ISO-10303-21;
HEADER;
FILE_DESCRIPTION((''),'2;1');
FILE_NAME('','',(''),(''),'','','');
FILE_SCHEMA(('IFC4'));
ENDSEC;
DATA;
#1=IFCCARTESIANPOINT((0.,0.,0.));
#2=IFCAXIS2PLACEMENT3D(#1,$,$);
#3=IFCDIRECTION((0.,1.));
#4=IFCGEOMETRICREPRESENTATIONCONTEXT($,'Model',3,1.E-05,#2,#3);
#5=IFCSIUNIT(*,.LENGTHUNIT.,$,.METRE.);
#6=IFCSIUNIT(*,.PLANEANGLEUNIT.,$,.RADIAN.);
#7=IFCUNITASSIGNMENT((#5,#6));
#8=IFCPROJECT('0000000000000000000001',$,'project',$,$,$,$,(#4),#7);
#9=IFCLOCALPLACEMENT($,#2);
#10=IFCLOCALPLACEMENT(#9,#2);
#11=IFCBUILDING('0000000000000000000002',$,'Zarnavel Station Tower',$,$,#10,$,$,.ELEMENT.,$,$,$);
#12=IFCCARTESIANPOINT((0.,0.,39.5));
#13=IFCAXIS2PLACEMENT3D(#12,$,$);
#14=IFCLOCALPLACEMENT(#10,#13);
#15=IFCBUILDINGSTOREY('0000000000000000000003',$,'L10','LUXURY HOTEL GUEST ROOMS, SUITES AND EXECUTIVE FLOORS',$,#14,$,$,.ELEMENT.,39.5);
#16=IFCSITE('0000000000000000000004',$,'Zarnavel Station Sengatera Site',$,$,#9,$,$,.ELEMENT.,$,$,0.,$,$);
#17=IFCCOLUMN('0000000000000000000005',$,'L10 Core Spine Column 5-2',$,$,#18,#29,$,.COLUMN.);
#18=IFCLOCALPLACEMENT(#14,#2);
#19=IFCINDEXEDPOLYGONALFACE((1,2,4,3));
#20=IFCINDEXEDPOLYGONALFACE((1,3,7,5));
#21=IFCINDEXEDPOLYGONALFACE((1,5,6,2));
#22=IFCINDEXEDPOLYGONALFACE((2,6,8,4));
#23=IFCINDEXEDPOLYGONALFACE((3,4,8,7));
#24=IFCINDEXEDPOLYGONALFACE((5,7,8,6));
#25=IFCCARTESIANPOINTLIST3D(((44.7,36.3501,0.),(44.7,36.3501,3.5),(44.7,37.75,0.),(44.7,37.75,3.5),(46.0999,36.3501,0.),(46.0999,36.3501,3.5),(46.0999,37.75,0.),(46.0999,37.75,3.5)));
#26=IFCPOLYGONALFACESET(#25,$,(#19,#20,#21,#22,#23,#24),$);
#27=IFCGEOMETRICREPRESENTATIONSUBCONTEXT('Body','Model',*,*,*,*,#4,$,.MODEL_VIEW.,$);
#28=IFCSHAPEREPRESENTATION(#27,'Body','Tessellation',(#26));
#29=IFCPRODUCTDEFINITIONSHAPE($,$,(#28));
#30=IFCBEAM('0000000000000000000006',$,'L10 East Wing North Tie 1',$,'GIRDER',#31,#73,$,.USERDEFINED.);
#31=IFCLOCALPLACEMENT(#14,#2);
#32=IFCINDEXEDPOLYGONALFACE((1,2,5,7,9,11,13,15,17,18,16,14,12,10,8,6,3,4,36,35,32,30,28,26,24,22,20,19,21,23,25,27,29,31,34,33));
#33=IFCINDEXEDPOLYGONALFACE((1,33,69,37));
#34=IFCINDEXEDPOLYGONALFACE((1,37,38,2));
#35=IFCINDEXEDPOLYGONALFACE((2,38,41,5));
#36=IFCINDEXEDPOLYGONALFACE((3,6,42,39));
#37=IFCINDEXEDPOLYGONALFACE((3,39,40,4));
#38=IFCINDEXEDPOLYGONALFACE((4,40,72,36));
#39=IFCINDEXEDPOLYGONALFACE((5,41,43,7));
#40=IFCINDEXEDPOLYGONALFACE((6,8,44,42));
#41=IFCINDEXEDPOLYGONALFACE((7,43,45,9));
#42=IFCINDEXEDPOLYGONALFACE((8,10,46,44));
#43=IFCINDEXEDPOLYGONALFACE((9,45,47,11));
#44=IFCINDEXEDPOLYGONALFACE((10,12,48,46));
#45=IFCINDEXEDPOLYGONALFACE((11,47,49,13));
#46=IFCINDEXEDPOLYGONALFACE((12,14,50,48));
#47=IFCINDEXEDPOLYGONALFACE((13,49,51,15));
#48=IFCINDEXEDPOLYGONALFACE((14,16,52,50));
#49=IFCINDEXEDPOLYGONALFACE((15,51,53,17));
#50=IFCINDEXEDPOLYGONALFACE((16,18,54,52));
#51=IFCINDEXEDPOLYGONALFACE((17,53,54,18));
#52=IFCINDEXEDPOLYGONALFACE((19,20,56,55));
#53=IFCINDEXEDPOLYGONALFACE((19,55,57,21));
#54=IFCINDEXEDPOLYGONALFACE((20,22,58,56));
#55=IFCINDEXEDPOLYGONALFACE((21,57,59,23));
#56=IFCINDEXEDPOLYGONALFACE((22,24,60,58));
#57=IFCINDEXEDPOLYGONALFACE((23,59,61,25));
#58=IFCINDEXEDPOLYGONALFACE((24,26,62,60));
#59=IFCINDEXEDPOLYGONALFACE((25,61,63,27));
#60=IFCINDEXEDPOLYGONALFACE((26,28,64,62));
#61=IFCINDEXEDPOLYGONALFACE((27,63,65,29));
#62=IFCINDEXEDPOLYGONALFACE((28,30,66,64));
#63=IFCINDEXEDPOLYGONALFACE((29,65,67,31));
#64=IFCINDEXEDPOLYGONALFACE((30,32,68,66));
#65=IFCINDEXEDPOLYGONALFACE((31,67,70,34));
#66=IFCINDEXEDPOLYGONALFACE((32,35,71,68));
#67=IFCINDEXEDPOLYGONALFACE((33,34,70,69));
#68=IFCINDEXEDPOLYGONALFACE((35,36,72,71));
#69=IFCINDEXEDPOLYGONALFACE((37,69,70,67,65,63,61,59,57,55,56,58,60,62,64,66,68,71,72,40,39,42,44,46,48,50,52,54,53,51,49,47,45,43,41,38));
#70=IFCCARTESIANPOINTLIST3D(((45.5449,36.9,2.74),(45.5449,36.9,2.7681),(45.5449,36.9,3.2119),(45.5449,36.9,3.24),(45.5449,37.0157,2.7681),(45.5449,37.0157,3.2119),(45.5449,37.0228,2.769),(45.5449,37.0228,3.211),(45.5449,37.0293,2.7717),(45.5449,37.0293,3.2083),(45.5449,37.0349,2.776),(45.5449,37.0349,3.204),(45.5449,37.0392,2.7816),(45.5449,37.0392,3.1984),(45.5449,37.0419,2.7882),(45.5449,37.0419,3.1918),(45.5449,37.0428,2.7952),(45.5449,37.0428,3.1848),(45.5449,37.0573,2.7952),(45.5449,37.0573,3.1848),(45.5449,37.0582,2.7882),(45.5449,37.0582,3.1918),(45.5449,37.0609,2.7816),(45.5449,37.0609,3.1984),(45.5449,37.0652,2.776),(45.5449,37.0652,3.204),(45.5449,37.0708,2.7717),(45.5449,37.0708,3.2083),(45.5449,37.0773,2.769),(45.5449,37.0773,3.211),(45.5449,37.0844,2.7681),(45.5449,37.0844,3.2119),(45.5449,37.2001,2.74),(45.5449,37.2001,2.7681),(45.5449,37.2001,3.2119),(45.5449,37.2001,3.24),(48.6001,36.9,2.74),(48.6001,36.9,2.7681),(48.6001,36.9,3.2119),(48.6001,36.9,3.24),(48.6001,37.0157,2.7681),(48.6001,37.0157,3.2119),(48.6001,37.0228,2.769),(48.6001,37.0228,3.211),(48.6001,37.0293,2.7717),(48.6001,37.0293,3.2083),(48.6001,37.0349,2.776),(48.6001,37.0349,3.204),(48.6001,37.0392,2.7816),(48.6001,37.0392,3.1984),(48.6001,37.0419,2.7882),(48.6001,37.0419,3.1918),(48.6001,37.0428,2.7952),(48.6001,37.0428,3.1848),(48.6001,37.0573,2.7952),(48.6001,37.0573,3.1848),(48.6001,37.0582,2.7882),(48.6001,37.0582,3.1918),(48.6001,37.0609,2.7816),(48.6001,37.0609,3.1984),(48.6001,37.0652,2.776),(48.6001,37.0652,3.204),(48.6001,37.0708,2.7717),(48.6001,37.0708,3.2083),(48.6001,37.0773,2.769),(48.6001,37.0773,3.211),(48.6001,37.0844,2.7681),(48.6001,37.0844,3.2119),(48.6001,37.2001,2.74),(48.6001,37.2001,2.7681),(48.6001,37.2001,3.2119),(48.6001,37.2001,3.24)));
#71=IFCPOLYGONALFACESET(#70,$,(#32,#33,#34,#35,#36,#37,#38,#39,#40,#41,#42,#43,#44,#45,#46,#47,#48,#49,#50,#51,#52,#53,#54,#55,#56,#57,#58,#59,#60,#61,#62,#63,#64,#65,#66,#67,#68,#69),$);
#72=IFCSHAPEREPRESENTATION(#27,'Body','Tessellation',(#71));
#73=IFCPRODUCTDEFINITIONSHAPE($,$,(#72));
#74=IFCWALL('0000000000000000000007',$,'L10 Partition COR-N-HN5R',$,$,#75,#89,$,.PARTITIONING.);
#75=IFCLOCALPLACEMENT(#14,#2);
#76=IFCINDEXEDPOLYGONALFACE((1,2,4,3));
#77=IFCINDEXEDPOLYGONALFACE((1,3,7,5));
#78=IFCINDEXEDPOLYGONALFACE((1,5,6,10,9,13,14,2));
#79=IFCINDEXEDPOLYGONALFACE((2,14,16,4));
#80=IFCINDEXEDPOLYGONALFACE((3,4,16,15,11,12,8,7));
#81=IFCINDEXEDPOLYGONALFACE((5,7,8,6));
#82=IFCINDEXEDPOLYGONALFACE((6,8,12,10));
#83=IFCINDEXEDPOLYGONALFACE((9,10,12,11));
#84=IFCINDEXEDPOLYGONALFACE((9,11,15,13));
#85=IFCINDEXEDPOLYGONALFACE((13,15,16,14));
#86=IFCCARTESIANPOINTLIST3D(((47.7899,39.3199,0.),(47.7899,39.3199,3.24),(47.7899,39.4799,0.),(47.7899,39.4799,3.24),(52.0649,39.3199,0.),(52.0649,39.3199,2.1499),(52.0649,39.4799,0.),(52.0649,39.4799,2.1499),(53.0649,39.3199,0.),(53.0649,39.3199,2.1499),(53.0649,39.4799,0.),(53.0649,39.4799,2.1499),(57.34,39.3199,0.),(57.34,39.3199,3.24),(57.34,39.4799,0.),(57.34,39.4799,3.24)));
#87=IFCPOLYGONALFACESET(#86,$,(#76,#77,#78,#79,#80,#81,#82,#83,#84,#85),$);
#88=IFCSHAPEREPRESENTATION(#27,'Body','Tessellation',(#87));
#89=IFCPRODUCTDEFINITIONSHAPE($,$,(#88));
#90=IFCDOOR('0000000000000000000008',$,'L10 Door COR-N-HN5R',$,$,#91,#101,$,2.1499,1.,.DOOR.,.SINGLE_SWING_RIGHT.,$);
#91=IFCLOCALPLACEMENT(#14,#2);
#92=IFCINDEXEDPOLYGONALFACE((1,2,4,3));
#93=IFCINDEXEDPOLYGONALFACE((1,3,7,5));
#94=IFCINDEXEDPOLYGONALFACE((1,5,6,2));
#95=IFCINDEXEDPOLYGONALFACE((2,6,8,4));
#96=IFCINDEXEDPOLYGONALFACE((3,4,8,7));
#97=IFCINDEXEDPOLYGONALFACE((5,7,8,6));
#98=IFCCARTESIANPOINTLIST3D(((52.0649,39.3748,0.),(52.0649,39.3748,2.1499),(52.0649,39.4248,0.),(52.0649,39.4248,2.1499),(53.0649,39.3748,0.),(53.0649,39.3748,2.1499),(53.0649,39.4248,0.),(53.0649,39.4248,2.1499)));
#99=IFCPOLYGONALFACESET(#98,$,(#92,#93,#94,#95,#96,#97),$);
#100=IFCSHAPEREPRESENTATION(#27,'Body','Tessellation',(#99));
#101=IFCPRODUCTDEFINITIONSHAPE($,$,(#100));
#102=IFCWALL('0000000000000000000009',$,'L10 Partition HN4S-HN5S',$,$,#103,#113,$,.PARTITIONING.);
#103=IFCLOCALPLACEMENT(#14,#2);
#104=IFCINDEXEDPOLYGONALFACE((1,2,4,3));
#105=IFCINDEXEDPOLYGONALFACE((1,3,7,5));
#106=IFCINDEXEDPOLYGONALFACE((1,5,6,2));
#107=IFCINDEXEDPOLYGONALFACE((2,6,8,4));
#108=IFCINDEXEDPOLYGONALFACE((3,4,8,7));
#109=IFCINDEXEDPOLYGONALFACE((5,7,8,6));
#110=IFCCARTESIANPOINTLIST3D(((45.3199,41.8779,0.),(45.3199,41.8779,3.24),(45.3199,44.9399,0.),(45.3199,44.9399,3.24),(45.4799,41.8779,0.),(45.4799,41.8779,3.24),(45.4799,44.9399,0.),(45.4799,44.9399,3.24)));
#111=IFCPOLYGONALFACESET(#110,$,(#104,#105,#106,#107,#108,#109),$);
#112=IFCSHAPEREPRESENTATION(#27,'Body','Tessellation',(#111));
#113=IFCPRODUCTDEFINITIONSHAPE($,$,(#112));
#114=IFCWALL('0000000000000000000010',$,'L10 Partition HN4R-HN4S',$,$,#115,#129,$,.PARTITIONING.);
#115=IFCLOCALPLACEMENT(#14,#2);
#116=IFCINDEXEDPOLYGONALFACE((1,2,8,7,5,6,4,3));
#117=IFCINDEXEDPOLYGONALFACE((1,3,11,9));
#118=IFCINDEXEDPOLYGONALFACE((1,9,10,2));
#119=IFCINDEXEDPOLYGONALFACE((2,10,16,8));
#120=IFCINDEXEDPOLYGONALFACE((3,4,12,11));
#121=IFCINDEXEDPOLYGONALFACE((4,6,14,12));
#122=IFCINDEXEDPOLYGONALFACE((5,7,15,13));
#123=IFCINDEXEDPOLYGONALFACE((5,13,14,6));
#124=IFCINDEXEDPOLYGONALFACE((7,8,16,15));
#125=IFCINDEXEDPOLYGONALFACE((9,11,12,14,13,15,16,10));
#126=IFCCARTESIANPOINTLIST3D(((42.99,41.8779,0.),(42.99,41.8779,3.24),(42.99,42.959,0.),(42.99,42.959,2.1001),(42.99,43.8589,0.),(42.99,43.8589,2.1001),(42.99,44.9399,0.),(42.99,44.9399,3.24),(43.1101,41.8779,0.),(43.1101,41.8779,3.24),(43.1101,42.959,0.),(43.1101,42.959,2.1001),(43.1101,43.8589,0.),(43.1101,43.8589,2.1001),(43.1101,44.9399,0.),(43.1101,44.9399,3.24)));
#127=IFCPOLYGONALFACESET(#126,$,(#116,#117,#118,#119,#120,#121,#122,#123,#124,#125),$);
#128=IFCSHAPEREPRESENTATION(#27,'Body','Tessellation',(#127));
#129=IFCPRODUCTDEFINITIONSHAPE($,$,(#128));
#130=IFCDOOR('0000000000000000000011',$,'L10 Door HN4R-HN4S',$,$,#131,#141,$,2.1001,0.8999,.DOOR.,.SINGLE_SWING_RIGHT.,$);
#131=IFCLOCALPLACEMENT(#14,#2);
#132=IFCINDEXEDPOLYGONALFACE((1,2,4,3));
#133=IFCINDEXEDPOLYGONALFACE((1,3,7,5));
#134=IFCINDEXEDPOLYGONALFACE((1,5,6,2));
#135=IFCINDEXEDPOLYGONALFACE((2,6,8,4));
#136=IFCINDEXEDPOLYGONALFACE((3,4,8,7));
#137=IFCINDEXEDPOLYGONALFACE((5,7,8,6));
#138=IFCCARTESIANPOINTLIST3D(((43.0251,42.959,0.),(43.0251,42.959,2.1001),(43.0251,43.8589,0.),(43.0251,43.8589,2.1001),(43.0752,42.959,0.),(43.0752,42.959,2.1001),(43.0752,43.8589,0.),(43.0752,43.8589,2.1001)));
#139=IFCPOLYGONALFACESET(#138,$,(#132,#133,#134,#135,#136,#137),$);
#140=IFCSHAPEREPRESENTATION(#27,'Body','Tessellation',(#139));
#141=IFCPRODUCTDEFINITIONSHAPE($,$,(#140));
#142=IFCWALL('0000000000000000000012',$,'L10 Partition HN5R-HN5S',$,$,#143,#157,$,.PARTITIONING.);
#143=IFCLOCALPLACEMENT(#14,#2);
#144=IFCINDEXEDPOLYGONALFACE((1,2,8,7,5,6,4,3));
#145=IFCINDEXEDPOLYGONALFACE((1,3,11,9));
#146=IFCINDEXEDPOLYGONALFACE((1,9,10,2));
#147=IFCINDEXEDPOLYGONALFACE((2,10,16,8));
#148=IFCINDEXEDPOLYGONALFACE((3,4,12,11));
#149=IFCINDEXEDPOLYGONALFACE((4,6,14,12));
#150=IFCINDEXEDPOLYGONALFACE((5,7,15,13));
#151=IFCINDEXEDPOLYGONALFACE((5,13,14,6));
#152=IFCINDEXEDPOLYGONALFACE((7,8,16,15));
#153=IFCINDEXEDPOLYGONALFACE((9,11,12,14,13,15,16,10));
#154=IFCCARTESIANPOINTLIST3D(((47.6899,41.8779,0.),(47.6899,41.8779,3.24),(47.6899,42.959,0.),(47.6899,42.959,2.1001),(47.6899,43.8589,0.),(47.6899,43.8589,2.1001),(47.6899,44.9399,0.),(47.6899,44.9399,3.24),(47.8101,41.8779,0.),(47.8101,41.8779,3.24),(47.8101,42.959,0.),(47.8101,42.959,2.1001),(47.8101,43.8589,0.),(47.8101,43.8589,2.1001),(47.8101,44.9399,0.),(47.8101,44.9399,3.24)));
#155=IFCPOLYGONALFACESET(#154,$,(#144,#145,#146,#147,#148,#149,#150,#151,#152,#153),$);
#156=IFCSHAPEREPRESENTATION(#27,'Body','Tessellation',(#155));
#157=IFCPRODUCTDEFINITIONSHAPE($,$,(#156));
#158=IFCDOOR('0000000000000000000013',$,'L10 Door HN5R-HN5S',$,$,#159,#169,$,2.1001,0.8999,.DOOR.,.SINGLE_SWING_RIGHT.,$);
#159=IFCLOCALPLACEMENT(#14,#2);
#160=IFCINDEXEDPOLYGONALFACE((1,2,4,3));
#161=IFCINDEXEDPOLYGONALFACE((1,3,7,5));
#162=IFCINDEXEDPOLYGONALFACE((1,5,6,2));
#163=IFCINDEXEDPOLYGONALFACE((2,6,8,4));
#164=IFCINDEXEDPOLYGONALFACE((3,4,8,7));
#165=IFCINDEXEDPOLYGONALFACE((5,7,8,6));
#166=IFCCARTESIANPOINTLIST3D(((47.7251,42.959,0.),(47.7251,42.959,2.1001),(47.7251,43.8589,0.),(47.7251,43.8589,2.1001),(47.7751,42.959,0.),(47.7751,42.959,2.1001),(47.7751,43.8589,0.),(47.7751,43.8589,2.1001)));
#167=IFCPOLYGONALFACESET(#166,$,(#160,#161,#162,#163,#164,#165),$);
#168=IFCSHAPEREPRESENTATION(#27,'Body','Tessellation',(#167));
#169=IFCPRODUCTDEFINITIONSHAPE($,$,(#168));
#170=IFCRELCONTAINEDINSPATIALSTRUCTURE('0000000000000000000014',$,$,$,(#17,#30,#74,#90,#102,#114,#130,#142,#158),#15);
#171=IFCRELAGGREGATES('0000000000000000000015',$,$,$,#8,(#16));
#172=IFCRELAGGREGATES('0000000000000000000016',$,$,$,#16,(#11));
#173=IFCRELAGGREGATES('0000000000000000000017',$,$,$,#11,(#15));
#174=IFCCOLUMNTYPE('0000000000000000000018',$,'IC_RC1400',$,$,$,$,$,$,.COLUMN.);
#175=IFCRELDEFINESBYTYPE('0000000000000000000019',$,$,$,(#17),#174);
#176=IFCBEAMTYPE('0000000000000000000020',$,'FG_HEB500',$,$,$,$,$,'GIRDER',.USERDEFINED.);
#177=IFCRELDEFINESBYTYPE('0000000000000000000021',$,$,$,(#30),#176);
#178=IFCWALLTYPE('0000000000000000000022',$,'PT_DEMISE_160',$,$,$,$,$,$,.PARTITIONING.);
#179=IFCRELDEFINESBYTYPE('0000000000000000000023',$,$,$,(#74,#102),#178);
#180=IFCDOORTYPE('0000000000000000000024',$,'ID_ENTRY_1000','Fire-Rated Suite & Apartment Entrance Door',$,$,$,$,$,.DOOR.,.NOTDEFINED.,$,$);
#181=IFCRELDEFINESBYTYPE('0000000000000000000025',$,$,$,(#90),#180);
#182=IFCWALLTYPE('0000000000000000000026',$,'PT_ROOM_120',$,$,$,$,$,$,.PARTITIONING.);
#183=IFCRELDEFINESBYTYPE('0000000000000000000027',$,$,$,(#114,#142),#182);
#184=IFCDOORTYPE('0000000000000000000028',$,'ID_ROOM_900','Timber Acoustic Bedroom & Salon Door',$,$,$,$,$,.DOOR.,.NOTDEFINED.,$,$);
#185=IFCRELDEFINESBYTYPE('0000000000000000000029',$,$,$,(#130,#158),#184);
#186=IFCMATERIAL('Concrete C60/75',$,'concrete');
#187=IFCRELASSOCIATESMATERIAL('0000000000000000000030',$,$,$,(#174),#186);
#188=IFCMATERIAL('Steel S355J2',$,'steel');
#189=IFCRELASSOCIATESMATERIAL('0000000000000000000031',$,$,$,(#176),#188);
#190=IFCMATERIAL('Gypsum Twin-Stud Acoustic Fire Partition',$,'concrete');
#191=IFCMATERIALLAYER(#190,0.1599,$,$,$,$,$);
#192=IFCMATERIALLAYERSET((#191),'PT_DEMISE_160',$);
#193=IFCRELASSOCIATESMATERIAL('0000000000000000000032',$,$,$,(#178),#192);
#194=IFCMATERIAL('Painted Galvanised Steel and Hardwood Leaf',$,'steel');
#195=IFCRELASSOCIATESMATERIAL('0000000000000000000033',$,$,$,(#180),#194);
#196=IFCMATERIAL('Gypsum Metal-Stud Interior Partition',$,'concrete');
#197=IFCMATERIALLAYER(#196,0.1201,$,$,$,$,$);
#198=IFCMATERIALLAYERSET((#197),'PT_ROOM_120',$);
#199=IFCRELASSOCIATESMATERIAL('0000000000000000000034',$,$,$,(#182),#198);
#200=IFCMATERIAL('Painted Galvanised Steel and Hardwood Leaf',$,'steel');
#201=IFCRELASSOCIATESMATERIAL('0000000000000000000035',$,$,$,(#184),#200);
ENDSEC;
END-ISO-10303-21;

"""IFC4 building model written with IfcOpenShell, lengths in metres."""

from ifc_helpers import new_model, si_unit, direction, frame, frame_2d, origin, origin_2d, place, context, subcontext, project, spatial, rectangle, i_section, extrude, material, layer, layer_set, material_profile, profile_set, type_object, element, fill, save


model = new_model("IFC4")

# Units and contexts
model_context = context("Model", 3, precision=1e-05, world=origin(), true_north=direction((0.0, 1.0)))
body_context = subcontext(model_context, "Body", "Model", "MODEL_VIEW")
ifc_project = project(units=[si_unit("LENGTHUNIT", "METRE"), si_unit("PLANEANGLEUNIT", "RADIAN")], contexts=[model_context])

# Site, building, storey
site_placement = place(None, origin())
site = spatial("IfcSite", under=ifc_project, at=site_placement, Name="Zarnavel Station Sengatera Site", CompositionType="ELEMENT", RefElevation=0.0)
building_placement = place(site_placement, origin())
building = spatial("IfcBuilding", under=site, at=building_placement, Name="Zarnavel Station Tower", CompositionType="ELEMENT")
storey_placement = place(building_placement, frame((0.0, 0.0, 39.5)))
storey = spatial("IfcBuildingStorey", under=building, at=storey_placement, Name="L10", Description="LUXURY HOTEL GUEST ROOMS, SUITES AND EXECUTIVE FLOORS", CompositionType="ELEMENT", Elevation=39.5)

# Column
ifc_material_1 = material(Name="Concrete C60/75", Category="concrete")
ifc_material_profile_1 = material_profile(ifc_material_1, rectangle(XDim=1.3999, YDim=1.3999, at=origin_2d()), Name="RC1400x1400")
ifc_profile_set_1 = profile_set([ifc_material_profile_1], Name="Concrete C60/75")
column_type = type_object("IfcColumnType", Name="IC_RC1400", PredefinedType="COLUMN", material=ifc_profile_set_1)
column_placement = place(storey_placement, frame((45.3999, 37.05, 0.0), z_axis=(0.0, 0.0, 1.0), x_axis=(1.0, 0.0, 0.0)))
element("IfcColumn", 1, at=column_placement, inside=storey, type_object=column_type, Name="L10 Core Spine Column 5-2", PredefinedType="COLUMN", context=body_context, shape_type="SweptSolid", body=[
    extrude(rectangle(XDim=1.3999, YDim=1.3999, at=origin_2d()), origin(), (0.0, 0.0, 1.0), 3.5),
])

# Beam
ifc_material_2 = material(Name="Steel S355J2", Category="steel")
ifc_material_profile_2 = material_profile(ifc_material_2, i_section(OverallWidth=0.3, OverallDepth=0.5, WebThickness=0.0144, FlangeThickness=0.0281, FilletRadius=0.0271, at=origin_2d()), Name="HEB500")
ifc_profile_set_2 = profile_set([ifc_material_profile_2], Name="Steel S355J2")
beam_type = type_object("IfcBeamType", Name="FG_HEB500", ElementType="GIRDER", PredefinedType="USERDEFINED", material=ifc_profile_set_2)
beam_placement = place(storey_placement, frame((45.5449, 37.05, 2.99), z_axis=(1.0, 0.0, 0.0), x_axis=(0.0, 1.0, 0.0)))
element("IfcBeam", 2, at=beam_placement, inside=storey, type_object=beam_type, Name="L10 East Wing North Tie 1", ObjectType="GIRDER", PredefinedType="USERDEFINED", context=body_context, shape_type="SweptSolid", body=[
    extrude(i_section(OverallWidth=0.3, OverallDepth=0.5, WebThickness=0.0144, FlangeThickness=0.0281, FilletRadius=0.0271, at=origin_2d()), origin(), (0.0, 0.0, 1.0), 3.0552),
])

# Wall, opening, door
ifc_material_3 = material(Name="Gypsum Twin-Stud Acoustic Fire Partition", Category="concrete")
ifc_layer_1 = layer(ifc_material_3, 0.1599)
ifc_layer_set_1 = layer_set([ifc_layer_1], Name="PT_DEMISE_160")
wall_type_1 = type_object("IfcWallType", Name="PT_DEMISE_160", PredefinedType="PARTITIONING", material=ifc_layer_set_1)
ifc_material_4 = material(Name="Painted Galvanised Steel and Hardwood Leaf", Category="steel")
door_type_1 = type_object("IfcDoorType", Name="ID_ENTRY_1000", Description="Fire-Rated Suite & Apartment Entrance Door", OperationType="NOTDEFINED", PredefinedType="DOOR", material=ifc_material_4)
wall_1_placement = place(storey_placement, frame((47.79, 39.3999, 0.0), z_axis=(0.0, 0.0, 1.0), x_axis=(1.0, 0.0, 0.0)))
wall_1 = element("IfcWall", 3, at=wall_1_placement, inside=storey, type_object=wall_type_1, Name="L10 Partition COR-N-HN5R", PredefinedType="PARTITIONING", context=body_context, shape_type="SweptSolid", body=[
    extrude(rectangle(XDim=9.55, YDim=0.1599, at=frame_2d((4.7749, 0.0))), origin(), (0.0, 0.0, 1.0), 3.24),
])
opening_1_placement = place(wall_1_placement, frame((4.2749, 0.0, 0.0)))
opening_1 = element("IfcOpeningElement", 4, at=opening_1_placement, cuts=wall_1, PredefinedType="OPENING", context=body_context, shape_type="SweptSolid", body=[
    extrude(rectangle(XDim=1.0, YDim=2.1499, at=frame_2d((0.5, 1.075))), frame((0.0, 0.0898, 0.0), z_axis=(0.0, -1.0, 0.0), x_axis=(1.0, 0.0, 0.0)), (0.0, 0.0, 1.0), 0.1799),
])
door_1_placement = place(opening_1_placement, origin())
door_1 = element("IfcDoor", 5, at=door_1_placement, inside=storey, type_object=door_type_1, Name="L10 Door COR-N-HN5R", OperationType="SINGLE_SWING_RIGHT", OverallHeight=2.1499, OverallWidth=1.0, PredefinedType="DOOR", context=body_context, shape_type="SweptSolid", body=[
    extrude(rectangle(XDim=1.0, YDim=2.1499, at=frame_2d((0.5, 1.075))), frame((0.0, 0.0249, 0.0), z_axis=(0.0, -1.0, 0.0), x_axis=(1.0, 0.0, 0.0)), (0.0, 0.0, 1.0), 0.05),
])
fill(opening_1, door_1)

# Wall
wall_2_placement = place(storey_placement, frame((45.3999, 41.8779, 0.0), z_axis=(0.0, 0.0, 1.0), x_axis=(0.0, 1.0, 0.0)))
element("IfcWall", 6, at=wall_2_placement, inside=storey, type_object=wall_type_1, Name="L10 Partition HN4S-HN5S", PredefinedType="PARTITIONING", context=body_context, shape_type="SweptSolid", body=[
    extrude(rectangle(XDim=3.062, YDim=0.1599, at=frame_2d((1.531, 0.0))), origin(), (0.0, 0.0, 1.0), 3.24),
])

# Walls, openings, doors
ifc_material_5 = material(Name="Gypsum Metal-Stud Interior Partition", Category="concrete")
ifc_layer_2 = layer(ifc_material_5, 0.1201)
ifc_layer_set_2 = layer_set([ifc_layer_2], Name="PT_ROOM_120")
wall_type_2 = type_object("IfcWallType", Name="PT_ROOM_120", PredefinedType="PARTITIONING", material=ifc_layer_set_2)
wall_3_placement = place(storey_placement, frame((43.05, 41.8779, 0.0), z_axis=(0.0, 0.0, 1.0), x_axis=(0.0, 1.0, 0.0)))
wall_3 = element("IfcWall", 7, at=wall_3_placement, inside=storey, type_object=wall_type_2, Name="L10 Partition HN4R-HN4S", PredefinedType="PARTITIONING", context=body_context, shape_type="SweptSolid", body=[
    extrude(rectangle(XDim=3.062, YDim=0.1201, at=frame_2d((1.531, 0.0))), origin(), (0.0, 0.0, 1.0), 3.24),
])
opening_2_placement = place(wall_3_placement, frame((1.0811, 0.0, 0.0)))
opening_2 = element("IfcOpeningElement", 8, at=opening_2_placement, cuts=wall_3, PredefinedType="OPENING", context=body_context, shape_type="SweptSolid", body=[
    extrude(rectangle(XDim=0.8999, YDim=2.1001, at=frame_2d((0.45, 1.05))), frame((0.0, 0.0701, 0.0), z_axis=(0.0, -1.0, 0.0), x_axis=(1.0, 0.0, 0.0)), (0.0, 0.0, 1.0), 0.1401),
])
ifc_material_6 = material(Name="Painted Galvanised Steel and Hardwood Leaf", Category="steel")
door_type_2 = type_object("IfcDoorType", Name="ID_ROOM_900", Description="Timber Acoustic Bedroom & Salon Door", OperationType="NOTDEFINED", PredefinedType="DOOR", material=ifc_material_6)
door_2_placement = place(opening_2_placement, origin())
door_2 = element("IfcDoor", 9, at=door_2_placement, inside=storey, type_object=door_type_2, Name="L10 Door HN4R-HN4S", OperationType="SINGLE_SWING_RIGHT", OverallHeight=2.1001, OverallWidth=0.8999, PredefinedType="DOOR", context=body_context, shape_type="SweptSolid", body=[
    extrude(rectangle(XDim=0.8999, YDim=2.1001, at=frame_2d((0.45, 1.05))), frame((0.0, 0.0249, 0.0), z_axis=(0.0, -1.0, 0.0), x_axis=(1.0, 0.0, 0.0)), (0.0, 0.0, 1.0), 0.05),
])
fill(opening_2, door_2)
wall_4_placement = place(storey_placement, frame((47.75, 41.8779, 0.0), z_axis=(0.0, 0.0, 1.0), x_axis=(0.0, 1.0, 0.0)))
wall_4 = element("IfcWall", 10, at=wall_4_placement, inside=storey, type_object=wall_type_2, Name="L10 Partition HN5R-HN5S", PredefinedType="PARTITIONING", context=body_context, shape_type="SweptSolid", body=[
    extrude(rectangle(XDim=3.062, YDim=0.1201, at=frame_2d((1.531, 0.0))), origin(), (0.0, 0.0, 1.0), 3.24),
])
opening_3_placement = place(wall_4_placement, frame((1.0811, 0.0, 0.0)))
opening_3 = element("IfcOpeningElement", 11, at=opening_3_placement, cuts=wall_4, PredefinedType="OPENING", context=body_context, shape_type="SweptSolid", body=[
    extrude(rectangle(XDim=0.8999, YDim=2.1001, at=frame_2d((0.45, 1.05))), frame((0.0, 0.0701, 0.0), z_axis=(0.0, -1.0, 0.0), x_axis=(1.0, 0.0, 0.0)), (0.0, 0.0, 1.0), 0.1401),
])
door_3_placement = place(opening_3_placement, origin())
door_3 = element("IfcDoor", 12, at=door_3_placement, inside=storey, type_object=door_type_2, Name="L10 Door HN5R-HN5S", OperationType="SINGLE_SWING_RIGHT", OverallHeight=2.1001, OverallWidth=0.8999, PredefinedType="DOOR", context=body_context, shape_type="SweptSolid", body=[
    extrude(rectangle(XDim=0.8999, YDim=2.1001, at=frame_2d((0.45, 1.05))), frame((0.0, 0.0249, 0.0), z_axis=(0.0, -1.0, 0.0), x_axis=(1.0, 0.0, 0.0)), (0.0, 0.0, 1.0), 0.05),
])
fill(opening_3, door_3)

save(model, "model.ifc")
